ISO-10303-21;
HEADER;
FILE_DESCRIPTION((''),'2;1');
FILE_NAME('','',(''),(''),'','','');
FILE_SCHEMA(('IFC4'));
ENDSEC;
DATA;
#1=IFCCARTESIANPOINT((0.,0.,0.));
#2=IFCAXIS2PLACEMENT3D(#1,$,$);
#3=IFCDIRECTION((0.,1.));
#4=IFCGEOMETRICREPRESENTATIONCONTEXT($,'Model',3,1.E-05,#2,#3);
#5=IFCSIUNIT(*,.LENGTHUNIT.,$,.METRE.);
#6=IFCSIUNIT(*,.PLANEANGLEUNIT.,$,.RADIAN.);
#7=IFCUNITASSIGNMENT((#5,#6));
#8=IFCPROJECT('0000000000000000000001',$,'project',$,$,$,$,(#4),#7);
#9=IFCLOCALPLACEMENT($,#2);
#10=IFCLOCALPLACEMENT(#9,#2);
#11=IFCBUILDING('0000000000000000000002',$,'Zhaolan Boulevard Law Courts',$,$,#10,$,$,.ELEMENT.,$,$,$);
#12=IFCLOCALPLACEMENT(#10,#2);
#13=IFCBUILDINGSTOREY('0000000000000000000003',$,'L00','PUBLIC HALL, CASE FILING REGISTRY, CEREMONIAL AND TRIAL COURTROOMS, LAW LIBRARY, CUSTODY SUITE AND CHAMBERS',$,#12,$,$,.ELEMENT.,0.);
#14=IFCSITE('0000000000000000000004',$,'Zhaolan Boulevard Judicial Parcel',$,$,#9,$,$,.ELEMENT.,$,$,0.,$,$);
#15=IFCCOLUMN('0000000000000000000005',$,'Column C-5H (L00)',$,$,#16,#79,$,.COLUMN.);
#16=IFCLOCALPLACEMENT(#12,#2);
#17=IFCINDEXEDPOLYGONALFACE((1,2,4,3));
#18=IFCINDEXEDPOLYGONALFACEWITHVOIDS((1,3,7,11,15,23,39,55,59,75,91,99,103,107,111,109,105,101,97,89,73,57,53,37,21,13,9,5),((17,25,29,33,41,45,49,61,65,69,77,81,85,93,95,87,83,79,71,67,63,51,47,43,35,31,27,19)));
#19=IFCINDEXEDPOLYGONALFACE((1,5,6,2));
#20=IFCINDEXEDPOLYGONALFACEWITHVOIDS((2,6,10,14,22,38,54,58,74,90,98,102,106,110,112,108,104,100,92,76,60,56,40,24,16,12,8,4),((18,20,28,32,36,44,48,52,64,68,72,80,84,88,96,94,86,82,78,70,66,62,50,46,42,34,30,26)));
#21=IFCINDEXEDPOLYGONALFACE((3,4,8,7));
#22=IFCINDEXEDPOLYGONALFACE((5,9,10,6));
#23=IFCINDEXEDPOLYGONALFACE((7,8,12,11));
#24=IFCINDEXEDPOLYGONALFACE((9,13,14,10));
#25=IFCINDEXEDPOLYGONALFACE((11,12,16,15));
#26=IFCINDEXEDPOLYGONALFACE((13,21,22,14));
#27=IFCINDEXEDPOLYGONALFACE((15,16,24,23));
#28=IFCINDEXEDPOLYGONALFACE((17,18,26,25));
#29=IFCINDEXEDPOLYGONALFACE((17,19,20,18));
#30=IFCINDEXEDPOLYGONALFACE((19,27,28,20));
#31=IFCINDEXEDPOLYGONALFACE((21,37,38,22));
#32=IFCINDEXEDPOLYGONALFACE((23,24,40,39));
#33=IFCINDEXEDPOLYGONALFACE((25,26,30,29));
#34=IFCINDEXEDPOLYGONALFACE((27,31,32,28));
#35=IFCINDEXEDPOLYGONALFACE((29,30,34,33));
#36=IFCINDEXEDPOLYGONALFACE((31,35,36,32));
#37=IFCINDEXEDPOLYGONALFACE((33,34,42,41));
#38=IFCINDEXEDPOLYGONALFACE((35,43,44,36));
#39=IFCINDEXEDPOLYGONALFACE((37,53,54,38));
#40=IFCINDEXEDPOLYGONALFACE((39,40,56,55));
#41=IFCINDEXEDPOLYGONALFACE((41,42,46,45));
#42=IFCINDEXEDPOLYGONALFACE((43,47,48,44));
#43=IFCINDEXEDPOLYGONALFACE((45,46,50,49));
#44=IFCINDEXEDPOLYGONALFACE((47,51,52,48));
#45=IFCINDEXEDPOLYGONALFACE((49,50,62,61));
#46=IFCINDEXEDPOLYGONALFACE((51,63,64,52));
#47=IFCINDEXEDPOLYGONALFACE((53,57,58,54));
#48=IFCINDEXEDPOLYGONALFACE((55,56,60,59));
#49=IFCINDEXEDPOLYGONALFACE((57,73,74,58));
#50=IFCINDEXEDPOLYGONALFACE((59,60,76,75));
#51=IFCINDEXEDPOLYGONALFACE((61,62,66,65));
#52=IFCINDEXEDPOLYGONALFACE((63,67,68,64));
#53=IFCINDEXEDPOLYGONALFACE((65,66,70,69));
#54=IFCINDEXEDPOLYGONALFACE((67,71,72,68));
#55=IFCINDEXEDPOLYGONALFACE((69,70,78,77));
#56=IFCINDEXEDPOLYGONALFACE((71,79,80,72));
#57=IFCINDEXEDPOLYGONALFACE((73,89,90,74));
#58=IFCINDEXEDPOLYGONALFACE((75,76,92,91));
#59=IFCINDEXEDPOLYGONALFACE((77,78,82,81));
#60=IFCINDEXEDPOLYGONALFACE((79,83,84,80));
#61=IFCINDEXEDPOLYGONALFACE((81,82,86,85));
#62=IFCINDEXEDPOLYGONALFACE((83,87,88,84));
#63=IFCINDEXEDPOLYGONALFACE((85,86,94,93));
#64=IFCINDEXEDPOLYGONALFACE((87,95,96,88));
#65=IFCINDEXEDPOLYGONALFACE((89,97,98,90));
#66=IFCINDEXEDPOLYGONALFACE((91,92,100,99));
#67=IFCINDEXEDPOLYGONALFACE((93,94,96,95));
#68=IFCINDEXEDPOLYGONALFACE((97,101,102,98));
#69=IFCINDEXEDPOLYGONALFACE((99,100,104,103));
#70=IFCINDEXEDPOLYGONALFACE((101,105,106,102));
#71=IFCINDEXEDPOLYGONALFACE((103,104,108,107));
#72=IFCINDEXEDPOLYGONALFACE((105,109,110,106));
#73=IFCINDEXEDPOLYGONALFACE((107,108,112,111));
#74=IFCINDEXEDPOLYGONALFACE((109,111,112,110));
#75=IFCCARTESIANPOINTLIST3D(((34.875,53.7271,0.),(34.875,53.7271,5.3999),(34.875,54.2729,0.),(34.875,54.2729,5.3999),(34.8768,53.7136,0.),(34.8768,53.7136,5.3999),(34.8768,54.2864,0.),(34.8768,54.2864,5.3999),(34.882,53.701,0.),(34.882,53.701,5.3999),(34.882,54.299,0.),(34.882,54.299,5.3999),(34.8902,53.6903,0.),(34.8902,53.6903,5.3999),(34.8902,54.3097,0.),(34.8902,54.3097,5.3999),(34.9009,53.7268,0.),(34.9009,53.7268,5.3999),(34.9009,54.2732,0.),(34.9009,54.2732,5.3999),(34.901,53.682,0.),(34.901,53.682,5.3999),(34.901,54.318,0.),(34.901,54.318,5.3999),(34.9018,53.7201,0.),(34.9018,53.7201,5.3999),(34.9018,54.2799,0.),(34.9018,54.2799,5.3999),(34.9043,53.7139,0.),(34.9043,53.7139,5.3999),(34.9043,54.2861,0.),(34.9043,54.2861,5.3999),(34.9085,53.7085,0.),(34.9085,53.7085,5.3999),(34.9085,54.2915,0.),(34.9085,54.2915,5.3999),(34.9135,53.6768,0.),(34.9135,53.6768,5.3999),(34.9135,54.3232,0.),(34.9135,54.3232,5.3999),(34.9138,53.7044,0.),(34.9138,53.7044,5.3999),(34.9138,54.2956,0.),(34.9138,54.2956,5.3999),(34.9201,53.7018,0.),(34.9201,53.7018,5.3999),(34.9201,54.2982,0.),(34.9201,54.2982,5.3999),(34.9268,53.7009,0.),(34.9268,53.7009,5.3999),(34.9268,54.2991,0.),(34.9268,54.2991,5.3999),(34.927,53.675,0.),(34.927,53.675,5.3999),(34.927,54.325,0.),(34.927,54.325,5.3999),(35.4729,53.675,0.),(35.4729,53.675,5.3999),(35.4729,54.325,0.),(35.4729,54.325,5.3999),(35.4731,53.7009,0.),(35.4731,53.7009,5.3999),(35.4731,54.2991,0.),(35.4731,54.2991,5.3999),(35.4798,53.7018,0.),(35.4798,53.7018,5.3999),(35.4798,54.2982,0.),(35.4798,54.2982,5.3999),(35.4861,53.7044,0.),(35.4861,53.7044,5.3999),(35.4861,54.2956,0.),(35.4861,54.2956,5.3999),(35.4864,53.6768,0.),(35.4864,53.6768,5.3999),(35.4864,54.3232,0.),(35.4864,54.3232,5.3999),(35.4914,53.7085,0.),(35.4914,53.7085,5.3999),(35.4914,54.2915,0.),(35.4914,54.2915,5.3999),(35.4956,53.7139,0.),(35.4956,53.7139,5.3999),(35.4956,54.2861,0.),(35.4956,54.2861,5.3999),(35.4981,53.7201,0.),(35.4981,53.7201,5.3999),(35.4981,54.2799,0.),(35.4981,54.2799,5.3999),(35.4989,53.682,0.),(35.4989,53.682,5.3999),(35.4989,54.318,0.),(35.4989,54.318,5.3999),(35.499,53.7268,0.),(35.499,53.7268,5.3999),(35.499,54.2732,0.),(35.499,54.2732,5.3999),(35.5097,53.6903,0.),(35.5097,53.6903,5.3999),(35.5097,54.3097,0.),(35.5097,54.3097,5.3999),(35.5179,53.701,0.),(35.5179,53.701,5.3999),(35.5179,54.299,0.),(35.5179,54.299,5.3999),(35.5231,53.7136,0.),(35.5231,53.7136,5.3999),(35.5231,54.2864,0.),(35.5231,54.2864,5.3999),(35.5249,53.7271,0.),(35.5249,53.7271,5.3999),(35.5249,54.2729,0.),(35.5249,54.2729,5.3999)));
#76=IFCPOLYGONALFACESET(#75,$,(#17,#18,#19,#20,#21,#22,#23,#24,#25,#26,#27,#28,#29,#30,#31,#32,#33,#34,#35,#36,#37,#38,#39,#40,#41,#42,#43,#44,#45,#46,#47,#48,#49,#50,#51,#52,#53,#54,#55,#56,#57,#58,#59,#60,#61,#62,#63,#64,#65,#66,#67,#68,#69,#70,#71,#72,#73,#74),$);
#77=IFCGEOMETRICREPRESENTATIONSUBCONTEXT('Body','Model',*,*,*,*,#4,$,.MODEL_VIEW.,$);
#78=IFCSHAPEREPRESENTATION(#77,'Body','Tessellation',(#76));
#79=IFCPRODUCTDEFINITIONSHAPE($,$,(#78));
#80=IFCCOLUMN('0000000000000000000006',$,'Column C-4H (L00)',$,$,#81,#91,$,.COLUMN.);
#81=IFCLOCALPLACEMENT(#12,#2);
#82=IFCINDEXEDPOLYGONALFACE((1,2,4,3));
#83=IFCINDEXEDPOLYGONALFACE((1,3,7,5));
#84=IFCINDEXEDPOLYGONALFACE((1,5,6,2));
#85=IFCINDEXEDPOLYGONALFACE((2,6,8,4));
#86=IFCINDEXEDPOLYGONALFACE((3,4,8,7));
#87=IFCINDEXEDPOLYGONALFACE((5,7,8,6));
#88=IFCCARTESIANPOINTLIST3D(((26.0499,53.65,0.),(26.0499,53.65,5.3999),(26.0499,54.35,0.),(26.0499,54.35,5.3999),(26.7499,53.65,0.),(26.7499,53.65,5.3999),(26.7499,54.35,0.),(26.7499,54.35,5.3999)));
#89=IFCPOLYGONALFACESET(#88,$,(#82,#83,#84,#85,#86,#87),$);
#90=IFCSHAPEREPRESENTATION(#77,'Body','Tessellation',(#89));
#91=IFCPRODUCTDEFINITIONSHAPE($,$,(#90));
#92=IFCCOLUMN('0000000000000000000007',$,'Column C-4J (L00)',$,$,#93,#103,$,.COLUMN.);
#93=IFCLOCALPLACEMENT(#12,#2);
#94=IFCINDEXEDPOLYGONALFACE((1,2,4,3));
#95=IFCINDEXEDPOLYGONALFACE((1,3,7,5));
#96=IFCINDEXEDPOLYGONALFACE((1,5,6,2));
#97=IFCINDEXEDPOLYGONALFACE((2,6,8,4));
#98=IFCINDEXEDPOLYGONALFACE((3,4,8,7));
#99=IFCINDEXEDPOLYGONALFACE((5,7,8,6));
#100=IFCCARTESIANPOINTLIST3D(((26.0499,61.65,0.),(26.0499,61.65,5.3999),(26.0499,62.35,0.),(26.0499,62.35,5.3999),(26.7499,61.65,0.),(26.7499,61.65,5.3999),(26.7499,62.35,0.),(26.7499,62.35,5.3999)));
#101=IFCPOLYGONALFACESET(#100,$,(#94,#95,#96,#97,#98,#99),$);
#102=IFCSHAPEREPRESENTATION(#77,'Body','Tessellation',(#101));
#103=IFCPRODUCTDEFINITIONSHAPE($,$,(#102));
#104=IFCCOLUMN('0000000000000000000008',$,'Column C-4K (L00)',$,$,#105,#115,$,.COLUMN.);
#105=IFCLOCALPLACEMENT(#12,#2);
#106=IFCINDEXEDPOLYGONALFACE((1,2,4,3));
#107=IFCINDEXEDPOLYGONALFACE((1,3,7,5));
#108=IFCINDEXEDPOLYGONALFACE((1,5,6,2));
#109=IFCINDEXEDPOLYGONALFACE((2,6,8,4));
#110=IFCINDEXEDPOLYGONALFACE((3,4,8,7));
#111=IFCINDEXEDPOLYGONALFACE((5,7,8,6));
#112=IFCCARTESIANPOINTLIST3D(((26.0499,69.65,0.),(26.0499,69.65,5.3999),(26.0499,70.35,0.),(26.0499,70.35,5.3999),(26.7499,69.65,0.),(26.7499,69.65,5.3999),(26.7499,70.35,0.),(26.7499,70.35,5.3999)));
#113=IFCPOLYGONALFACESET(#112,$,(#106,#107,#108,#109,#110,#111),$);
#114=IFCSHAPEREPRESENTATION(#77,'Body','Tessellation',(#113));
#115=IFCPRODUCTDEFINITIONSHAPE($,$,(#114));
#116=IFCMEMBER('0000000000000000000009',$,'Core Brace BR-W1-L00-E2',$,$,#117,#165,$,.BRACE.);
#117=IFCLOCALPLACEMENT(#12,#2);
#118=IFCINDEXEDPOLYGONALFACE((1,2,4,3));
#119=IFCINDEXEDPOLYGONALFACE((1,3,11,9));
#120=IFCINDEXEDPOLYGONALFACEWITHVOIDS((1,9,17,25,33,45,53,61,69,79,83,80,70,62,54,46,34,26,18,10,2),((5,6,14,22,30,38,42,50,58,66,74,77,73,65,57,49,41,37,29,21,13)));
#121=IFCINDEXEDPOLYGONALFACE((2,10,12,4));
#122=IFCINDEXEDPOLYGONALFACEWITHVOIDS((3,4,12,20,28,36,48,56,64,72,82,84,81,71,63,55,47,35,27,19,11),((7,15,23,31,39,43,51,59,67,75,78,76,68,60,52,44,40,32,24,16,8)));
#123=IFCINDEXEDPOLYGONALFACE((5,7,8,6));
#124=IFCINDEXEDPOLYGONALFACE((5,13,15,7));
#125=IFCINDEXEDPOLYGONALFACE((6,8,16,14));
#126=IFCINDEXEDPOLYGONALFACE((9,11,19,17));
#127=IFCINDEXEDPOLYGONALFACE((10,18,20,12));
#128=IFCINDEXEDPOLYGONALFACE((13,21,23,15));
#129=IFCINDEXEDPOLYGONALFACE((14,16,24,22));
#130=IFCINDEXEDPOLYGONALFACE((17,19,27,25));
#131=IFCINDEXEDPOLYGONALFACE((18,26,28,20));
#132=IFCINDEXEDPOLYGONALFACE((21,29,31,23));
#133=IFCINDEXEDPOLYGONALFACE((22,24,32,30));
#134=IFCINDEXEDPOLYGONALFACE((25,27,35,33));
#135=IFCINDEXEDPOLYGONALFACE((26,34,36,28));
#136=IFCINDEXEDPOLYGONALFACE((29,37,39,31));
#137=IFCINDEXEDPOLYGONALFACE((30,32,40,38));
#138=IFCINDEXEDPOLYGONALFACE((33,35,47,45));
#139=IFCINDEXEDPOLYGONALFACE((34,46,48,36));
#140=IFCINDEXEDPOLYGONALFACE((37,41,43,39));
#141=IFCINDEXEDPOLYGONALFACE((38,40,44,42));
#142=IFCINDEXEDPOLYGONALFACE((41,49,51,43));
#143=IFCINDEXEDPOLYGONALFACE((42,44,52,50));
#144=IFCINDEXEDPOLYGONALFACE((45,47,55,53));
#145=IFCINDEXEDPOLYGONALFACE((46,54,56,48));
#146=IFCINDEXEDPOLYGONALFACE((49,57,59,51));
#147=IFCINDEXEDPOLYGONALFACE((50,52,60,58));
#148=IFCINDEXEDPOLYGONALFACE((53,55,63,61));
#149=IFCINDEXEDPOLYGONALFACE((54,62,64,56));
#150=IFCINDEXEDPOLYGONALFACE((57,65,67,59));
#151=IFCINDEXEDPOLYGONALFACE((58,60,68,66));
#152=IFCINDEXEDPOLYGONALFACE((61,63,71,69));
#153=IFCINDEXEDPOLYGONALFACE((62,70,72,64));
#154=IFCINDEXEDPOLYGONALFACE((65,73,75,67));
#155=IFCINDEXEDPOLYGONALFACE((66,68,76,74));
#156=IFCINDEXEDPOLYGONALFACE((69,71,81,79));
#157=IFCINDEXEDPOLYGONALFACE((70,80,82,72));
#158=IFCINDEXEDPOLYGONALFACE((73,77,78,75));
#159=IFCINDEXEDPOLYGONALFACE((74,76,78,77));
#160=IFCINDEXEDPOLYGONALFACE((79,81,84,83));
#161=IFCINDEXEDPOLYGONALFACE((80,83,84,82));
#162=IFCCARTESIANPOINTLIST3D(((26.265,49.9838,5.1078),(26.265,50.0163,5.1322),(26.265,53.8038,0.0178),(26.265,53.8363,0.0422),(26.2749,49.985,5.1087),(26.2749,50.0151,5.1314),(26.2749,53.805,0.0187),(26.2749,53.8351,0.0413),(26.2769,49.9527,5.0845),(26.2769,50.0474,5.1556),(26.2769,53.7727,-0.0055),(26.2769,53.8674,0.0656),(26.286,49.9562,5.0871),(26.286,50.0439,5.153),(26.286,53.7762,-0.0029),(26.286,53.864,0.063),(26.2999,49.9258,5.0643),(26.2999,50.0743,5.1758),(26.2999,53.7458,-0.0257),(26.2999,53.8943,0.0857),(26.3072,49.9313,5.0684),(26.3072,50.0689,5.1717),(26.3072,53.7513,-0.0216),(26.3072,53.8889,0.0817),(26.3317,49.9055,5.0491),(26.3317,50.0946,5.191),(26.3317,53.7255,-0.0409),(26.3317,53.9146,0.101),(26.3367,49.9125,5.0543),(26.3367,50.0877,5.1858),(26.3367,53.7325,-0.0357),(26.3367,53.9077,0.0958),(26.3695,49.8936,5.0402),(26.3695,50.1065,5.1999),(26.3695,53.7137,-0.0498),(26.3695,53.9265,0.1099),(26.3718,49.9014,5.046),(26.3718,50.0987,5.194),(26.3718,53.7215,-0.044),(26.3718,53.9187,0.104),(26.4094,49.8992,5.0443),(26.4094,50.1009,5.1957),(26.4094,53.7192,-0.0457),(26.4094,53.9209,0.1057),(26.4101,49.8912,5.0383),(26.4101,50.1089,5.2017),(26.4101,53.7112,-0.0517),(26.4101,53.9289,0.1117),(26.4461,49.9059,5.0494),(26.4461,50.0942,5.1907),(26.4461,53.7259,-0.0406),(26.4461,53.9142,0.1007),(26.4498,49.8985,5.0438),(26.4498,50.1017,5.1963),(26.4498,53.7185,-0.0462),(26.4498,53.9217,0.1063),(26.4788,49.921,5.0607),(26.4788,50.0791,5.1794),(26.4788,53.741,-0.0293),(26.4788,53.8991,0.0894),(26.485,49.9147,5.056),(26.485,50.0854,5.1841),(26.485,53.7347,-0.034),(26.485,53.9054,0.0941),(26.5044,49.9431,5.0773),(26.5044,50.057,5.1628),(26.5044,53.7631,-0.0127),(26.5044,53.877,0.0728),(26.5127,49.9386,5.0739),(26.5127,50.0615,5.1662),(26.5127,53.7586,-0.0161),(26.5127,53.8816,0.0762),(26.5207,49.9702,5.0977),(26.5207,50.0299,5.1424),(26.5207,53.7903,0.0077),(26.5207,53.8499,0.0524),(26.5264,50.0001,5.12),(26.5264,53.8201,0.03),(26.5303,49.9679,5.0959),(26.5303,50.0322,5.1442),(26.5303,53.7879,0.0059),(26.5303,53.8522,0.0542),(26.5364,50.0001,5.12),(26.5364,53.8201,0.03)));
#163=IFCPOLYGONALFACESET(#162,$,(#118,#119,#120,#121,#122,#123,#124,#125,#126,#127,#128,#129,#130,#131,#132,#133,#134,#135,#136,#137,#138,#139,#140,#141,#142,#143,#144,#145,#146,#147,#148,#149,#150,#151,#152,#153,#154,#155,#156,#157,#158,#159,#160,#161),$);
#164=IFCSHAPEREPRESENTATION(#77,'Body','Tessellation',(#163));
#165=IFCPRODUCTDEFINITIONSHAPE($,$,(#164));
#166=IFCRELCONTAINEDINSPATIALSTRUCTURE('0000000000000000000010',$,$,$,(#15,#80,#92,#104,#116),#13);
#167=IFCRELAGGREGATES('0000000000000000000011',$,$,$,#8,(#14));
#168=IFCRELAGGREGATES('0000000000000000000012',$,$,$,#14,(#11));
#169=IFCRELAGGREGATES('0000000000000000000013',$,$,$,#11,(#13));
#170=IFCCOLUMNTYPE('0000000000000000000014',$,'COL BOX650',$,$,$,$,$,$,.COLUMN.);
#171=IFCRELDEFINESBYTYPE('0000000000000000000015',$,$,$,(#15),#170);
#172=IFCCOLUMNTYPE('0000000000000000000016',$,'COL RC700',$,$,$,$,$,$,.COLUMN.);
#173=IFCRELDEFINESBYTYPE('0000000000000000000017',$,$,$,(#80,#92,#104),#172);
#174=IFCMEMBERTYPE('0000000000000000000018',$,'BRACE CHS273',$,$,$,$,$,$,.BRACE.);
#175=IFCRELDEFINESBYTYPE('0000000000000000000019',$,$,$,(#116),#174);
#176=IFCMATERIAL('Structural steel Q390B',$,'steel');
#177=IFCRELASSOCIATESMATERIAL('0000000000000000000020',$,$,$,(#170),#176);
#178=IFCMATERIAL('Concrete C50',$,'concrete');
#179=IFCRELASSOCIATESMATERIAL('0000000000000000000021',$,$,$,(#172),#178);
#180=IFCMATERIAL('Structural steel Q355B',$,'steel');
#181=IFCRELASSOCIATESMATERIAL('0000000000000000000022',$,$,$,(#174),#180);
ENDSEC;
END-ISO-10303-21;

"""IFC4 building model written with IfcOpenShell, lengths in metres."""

from ifc_helpers import new_model, si_unit, direction, frame, origin, origin_2d, place, context, subcontext, project, spatial, rectangle, hollow_rectangle, hollow_circle, extrude, material, material_profile, profile_set, type_object, element, save


model = new_model("IFC4")

# Units and contexts
model_context = context("Model", 3, precision=1e-05, world=origin(), true_north=direction((0.0, 1.0)))
body_context = subcontext(model_context, "Body", "Model", "MODEL_VIEW")
ifc_project = project(units=[si_unit("LENGTHUNIT", "METRE"), si_unit("PLANEANGLEUNIT", "RADIAN")], contexts=[model_context])

# Site, building, storey
site_placement = place(None, origin())
site = spatial("IfcSite", under=ifc_project, at=site_placement, Name="Zhaolan Boulevard Judicial Parcel", CompositionType="ELEMENT", RefElevation=0.0)
building_placement = place(site_placement, origin())
building = spatial("IfcBuilding", under=site, at=building_placement, Name="Zhaolan Boulevard Law Courts", CompositionType="ELEMENT")
storey_placement = place(building_placement, origin())
storey = spatial("IfcBuildingStorey", under=building, at=storey_placement, Name="L00", Description="PUBLIC HALL, CASE FILING REGISTRY, CEREMONIAL AND TRIAL COURTROOMS, LAW LIBRARY, CUSTODY SUITE AND CHAMBERS", CompositionType="ELEMENT", Elevation=0.0)

# Columns
ifc_material_1 = material(Name="Structural steel Q390B", Category="steel")
ifc_material_profile_1 = material_profile(ifc_material_1, hollow_rectangle(XDim=0.6499, YDim=0.6499, WallThickness=0.0259, InnerFilletRadius=0.0259, OuterFilletRadius=0.052, at=origin_2d()), Name="BOX650x650x26")
ifc_profile_set_1 = profile_set([ifc_material_profile_1], Name="Structural steel Q390B")
column_type_1 = type_object("IfcColumnType", Name="COL BOX650", PredefinedType="COLUMN", material=ifc_profile_set_1)
column_placement = place(storey_placement, frame((35.2, 54.0, 0.0), z_axis=(0.0, 0.0, 1.0), x_axis=(1.0, 0.0, 0.0)))
element("IfcColumn", 1, at=column_placement, inside=storey, type_object=column_type_1, Name="Column C-5H (L00)", PredefinedType="COLUMN", context=body_context, shape_type="SweptSolid", body=[
    extrude(hollow_rectangle(XDim=0.6499, YDim=0.6499, WallThickness=0.0259, InnerFilletRadius=0.0259, OuterFilletRadius=0.052, at=origin_2d()), origin(), (0.0, 0.0, 1.0), 5.3999),
])
ifc_material_2 = material(Name="Concrete C50", Category="concrete")
ifc_material_profile_2 = material_profile(ifc_material_2, rectangle(XDim=0.7, YDim=0.7, at=origin_2d()), Name="RC700x700")
ifc_profile_set_2 = profile_set([ifc_material_profile_2], Name="Concrete C50")
column_type_2 = type_object("IfcColumnType", Name="COL RC700", PredefinedType="COLUMN", material=ifc_profile_set_2)
for number, where, z_axis, x_axis, name in (
    (2, (26.3999, 54.0, 0.0), (0.0, 0.0, 1.0), (1.0, 0.0, 0.0), "Column C-4H (L00)"),
    (3, (26.3999, 62.0, 0.0), (0.0, 0.0, 1.0), (1.0, 0.0, 0.0), "Column C-4J (L00)"),
    (4, (26.3999, 70.0, 0.0), (0.0, 0.0, 1.0), (1.0, 0.0, 0.0), "Column C-4K (L00)"),
):
    element("IfcColumn", number, at=place(storey_placement, frame(where, z_axis=z_axis, x_axis=x_axis)), inside=storey, type_object=column_type_2, Name=name, PredefinedType="COLUMN", context=body_context, shape_type="SweptSolid", body=[
        extrude(rectangle(XDim=0.7, YDim=0.7, at=origin_2d()), origin(), (0.0, 0.0, 1.0), 5.3999),
    ])

# Member
ifc_material_3 = material(Name="Structural steel Q355B", Category="steel")
ifc_material_profile_3 = material_profile(ifc_material_3, hollow_circle(Radius=0.1365, WallThickness=0.01, at=origin_2d()), Name="CHS273x10")
ifc_profile_set_3 = profile_set([ifc_material_profile_3], Name="Structural steel Q355B")
member_type = type_object("IfcMemberType", Name="BRACE CHS273", PredefinedType="BRACE", material=ifc_profile_set_3)
member_placement = place(storey_placement, frame((26.3999, 53.8201, 0.03), z_axis=(0.0, -0.600252, 0.799811), x_axis=(1.0, 0.0, 0.0)))
element("IfcMember", 5, at=member_placement, inside=storey, type_object=member_type, Name="Core Brace BR-W1-L00-E2", PredefinedType="BRACE", context=body_context, shape_type="SweptSolid", body=[
    extrude(hollow_circle(Radius=0.1365, WallThickness=0.01, at=origin_2d()), origin(), (0.0, 0.0, 1.0), 6.364),
])

save(model, "model.ifc")
